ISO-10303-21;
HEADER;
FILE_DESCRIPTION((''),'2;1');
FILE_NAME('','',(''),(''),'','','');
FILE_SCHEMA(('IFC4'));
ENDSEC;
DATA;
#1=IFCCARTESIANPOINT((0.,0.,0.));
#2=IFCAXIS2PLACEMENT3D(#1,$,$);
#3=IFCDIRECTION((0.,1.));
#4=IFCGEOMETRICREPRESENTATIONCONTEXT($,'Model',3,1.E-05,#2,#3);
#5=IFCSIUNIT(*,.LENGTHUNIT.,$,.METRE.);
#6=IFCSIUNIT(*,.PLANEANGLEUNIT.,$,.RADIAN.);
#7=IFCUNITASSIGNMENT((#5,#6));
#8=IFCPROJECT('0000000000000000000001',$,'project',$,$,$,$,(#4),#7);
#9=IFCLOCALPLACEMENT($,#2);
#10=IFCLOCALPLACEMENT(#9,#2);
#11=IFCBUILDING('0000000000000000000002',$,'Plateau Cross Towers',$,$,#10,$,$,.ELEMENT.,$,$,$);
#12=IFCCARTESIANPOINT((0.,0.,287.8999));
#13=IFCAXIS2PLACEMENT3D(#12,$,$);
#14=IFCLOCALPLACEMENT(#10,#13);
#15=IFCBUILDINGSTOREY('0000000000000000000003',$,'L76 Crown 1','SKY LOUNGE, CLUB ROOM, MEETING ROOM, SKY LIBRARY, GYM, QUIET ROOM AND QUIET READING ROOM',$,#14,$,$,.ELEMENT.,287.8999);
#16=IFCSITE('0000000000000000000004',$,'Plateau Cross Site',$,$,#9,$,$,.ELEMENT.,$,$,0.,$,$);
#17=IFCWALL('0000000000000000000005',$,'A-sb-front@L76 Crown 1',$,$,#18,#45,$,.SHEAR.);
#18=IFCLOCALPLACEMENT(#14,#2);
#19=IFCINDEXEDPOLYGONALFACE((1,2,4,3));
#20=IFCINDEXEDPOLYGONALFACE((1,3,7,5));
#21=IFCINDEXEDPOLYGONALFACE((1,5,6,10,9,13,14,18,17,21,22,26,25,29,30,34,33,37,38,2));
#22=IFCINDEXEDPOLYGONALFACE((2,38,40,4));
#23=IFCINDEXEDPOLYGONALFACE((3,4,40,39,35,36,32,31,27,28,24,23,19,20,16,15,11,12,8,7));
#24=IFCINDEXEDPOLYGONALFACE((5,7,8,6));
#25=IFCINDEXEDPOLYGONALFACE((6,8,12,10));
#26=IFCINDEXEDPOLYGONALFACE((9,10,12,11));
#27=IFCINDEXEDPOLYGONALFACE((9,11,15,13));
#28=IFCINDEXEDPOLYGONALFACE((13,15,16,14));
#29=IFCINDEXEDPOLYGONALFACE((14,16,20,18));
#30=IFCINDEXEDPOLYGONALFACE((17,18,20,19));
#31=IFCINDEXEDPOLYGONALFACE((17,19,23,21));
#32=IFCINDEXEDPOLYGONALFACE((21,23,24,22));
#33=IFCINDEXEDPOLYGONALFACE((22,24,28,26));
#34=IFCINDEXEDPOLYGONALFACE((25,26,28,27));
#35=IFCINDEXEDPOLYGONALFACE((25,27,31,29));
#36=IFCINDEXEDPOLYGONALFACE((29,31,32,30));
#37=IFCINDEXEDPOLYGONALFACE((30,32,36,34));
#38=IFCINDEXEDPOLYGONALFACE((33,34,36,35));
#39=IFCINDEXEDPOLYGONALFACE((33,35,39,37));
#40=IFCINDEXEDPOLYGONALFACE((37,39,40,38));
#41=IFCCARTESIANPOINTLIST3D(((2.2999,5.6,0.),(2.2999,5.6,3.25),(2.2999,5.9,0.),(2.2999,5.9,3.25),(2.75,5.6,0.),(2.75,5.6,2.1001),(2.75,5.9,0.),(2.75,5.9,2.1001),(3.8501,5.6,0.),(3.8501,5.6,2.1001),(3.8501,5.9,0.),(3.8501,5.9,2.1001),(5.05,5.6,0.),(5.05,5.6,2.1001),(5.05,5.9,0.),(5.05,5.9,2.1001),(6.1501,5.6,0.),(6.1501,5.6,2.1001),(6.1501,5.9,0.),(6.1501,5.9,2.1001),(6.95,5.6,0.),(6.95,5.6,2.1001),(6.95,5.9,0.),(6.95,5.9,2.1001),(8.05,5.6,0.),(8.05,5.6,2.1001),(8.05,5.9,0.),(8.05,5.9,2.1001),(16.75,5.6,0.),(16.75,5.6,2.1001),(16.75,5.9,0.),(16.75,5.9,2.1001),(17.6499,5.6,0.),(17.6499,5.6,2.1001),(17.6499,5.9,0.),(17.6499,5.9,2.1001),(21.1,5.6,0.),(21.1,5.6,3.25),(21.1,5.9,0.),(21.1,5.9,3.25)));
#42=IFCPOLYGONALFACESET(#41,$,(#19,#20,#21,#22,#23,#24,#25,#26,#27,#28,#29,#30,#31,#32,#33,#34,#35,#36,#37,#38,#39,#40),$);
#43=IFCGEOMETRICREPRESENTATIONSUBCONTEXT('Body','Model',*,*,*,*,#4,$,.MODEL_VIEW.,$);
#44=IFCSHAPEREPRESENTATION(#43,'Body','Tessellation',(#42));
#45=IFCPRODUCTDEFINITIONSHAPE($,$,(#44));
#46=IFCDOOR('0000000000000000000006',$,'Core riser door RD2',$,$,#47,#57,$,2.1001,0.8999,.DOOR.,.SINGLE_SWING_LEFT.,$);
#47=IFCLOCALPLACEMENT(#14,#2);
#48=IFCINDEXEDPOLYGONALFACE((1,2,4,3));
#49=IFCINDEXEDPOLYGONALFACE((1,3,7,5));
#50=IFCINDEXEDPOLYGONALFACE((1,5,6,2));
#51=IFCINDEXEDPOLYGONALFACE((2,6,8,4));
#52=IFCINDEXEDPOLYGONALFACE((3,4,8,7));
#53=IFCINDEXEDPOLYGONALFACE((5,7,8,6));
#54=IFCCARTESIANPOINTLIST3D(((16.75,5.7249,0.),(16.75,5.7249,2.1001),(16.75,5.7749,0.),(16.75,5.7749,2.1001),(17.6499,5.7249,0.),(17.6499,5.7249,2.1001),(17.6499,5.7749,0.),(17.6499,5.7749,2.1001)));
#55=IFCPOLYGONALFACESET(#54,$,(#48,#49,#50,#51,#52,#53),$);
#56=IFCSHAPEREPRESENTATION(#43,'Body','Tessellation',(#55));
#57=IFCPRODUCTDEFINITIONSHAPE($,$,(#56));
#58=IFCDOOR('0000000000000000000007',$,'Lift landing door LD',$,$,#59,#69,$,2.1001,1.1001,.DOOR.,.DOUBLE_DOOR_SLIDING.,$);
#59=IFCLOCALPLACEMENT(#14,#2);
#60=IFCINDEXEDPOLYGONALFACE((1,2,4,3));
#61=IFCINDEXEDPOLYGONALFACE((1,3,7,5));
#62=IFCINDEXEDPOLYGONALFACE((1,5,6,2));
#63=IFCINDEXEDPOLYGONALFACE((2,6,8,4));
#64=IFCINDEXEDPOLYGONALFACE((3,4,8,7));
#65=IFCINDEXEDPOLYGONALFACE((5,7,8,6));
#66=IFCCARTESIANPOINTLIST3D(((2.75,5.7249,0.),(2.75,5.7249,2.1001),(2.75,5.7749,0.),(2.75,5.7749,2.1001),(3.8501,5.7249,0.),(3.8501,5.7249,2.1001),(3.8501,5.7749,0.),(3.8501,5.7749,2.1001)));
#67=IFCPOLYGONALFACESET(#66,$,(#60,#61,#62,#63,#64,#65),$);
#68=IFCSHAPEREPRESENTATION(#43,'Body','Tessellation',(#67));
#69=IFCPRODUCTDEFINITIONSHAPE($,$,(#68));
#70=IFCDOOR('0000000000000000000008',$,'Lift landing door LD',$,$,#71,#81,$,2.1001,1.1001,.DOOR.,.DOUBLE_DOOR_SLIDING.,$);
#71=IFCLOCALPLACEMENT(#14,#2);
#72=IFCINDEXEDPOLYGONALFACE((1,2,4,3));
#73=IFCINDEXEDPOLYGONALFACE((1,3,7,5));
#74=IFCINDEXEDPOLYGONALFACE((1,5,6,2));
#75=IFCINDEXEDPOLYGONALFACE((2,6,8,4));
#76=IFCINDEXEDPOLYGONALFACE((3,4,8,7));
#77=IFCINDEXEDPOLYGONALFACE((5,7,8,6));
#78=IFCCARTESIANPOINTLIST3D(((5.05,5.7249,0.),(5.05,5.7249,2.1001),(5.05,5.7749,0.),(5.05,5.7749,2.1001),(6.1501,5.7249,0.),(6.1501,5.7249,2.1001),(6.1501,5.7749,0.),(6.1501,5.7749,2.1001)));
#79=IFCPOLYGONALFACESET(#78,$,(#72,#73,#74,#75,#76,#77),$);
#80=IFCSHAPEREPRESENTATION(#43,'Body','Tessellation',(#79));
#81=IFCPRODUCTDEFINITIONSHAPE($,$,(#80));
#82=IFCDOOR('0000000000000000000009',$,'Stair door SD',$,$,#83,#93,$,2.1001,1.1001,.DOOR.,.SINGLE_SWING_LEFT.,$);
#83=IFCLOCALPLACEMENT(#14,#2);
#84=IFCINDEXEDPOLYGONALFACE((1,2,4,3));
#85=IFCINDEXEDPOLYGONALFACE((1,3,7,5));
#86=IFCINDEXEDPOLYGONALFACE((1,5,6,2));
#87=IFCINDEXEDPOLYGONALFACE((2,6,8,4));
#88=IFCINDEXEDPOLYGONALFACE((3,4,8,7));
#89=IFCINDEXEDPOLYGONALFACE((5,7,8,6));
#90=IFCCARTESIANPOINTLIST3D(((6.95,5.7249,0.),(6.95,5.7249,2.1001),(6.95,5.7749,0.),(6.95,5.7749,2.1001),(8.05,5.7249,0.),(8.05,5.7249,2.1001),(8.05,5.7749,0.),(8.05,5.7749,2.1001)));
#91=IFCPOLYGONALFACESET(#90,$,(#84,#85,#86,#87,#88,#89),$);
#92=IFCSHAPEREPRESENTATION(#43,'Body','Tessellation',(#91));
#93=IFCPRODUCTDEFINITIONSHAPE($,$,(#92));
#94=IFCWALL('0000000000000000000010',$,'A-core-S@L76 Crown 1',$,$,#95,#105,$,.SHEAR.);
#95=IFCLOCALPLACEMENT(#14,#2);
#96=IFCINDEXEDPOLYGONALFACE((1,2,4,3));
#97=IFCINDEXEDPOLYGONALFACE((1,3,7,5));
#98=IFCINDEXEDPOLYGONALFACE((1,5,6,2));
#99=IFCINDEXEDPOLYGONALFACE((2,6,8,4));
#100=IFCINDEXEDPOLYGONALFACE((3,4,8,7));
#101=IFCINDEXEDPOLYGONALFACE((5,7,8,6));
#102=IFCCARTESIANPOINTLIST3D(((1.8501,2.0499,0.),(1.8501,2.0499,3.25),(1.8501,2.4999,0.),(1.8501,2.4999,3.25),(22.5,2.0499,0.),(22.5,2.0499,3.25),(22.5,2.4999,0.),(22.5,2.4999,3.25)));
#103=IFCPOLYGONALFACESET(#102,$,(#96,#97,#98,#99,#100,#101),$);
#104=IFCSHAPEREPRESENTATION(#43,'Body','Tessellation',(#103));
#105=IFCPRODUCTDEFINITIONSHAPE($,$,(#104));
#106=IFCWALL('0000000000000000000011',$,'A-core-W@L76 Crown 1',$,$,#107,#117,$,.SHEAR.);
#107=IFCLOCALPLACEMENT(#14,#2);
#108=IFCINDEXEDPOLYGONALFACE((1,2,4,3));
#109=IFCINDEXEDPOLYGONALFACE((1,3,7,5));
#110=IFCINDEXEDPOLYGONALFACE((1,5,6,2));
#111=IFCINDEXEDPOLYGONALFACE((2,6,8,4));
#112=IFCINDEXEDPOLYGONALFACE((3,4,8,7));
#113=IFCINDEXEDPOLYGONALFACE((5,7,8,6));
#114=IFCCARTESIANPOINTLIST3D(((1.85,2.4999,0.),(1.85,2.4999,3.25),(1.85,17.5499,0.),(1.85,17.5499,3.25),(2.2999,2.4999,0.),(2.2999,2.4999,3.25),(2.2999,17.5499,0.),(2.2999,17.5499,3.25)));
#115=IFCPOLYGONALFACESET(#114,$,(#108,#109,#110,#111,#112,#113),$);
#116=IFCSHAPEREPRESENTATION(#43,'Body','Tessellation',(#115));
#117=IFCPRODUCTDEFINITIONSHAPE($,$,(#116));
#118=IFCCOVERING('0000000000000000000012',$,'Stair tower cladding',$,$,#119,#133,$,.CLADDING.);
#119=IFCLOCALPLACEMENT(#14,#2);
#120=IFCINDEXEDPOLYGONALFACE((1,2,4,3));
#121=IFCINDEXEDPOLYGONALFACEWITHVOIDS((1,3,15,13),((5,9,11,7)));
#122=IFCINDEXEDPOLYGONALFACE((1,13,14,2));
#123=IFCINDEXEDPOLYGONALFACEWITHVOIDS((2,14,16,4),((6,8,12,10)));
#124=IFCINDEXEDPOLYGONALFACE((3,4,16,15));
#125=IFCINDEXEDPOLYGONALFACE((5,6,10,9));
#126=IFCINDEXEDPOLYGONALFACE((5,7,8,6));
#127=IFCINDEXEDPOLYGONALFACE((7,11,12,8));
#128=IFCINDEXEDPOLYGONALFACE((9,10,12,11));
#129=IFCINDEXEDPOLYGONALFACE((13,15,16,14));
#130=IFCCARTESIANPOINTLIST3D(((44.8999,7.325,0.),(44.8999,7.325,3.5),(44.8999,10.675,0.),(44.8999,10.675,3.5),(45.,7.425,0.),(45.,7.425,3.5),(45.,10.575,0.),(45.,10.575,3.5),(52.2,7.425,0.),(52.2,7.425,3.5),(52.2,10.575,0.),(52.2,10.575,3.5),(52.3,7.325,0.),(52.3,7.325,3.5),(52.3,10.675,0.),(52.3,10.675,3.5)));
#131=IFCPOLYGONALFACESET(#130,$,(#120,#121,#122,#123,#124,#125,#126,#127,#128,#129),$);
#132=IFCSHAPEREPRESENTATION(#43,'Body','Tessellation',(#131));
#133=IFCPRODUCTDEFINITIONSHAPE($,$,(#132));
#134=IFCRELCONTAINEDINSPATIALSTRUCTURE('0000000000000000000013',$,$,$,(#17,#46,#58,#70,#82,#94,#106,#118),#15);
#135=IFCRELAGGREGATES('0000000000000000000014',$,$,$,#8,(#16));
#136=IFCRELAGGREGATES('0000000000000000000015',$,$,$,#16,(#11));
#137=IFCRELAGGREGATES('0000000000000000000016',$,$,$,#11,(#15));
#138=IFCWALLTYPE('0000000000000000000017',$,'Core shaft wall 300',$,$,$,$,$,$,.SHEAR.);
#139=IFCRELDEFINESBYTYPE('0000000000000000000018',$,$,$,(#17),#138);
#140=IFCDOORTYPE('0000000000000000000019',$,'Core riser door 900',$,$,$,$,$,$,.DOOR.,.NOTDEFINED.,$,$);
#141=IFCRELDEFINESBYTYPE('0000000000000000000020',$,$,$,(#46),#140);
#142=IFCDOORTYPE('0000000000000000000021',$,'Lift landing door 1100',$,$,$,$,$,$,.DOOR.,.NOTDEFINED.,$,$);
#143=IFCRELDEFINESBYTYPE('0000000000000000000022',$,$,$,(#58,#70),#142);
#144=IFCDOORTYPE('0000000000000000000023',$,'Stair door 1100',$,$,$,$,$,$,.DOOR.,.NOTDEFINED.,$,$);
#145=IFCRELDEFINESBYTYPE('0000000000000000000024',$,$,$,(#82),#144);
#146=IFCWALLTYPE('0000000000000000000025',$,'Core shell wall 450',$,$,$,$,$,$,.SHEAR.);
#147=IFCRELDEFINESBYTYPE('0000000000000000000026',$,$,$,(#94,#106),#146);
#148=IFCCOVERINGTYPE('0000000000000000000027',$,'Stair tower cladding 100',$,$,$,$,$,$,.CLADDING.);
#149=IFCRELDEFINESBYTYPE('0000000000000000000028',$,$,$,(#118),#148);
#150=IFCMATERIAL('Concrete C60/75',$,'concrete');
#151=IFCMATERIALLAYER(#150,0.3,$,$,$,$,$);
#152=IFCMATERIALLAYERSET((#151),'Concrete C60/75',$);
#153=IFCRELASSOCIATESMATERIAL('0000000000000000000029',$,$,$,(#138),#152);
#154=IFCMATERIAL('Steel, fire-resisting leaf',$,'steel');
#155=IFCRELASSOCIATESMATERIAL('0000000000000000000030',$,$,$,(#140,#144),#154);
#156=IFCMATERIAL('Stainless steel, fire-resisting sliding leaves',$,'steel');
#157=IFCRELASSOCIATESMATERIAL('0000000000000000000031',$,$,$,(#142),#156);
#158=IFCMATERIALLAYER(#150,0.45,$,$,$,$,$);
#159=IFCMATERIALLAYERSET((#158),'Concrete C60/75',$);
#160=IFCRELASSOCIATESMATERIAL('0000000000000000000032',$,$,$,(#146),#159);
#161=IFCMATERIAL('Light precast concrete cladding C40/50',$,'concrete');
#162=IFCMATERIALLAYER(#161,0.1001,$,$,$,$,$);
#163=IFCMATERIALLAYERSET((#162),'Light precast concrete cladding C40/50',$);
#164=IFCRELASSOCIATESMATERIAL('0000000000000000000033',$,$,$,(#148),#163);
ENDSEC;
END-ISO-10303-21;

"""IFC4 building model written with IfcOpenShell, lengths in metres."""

from ifc_helpers import new_model, si_unit, direction, frame, frame_2d, origin, place, context, subcontext, project, spatial, polyline, rectangle, outline, extrude, material, layer, layer_set, type_object, element, fill, save


model = new_model("IFC4")

# Units and contexts
model_context = context("Model", 3, precision=1e-05, world=origin(), true_north=direction((0.0, 1.0)))
body_context = subcontext(model_context, "Body", "Model", "MODEL_VIEW")
ifc_project = project(units=[si_unit("LENGTHUNIT", "METRE"), si_unit("PLANEANGLEUNIT", "RADIAN")], contexts=[model_context])

# Site, building, storey
site_placement = place(None, origin())
site = spatial("IfcSite", under=ifc_project, at=site_placement, Name="Plateau Cross Site", CompositionType="ELEMENT", RefElevation=0.0)
building_placement = place(site_placement, origin())
building = spatial("IfcBuilding", under=site, at=building_placement, Name="Plateau Cross Towers", CompositionType="ELEMENT")
storey_placement = place(building_placement, frame((0.0, 0.0, 287.8999)))
storey = spatial("IfcBuildingStorey", under=building, at=storey_placement, Name="L76 Crown 1", Description="SKY LOUNGE, CLUB ROOM, MEETING ROOM, SKY LIBRARY, GYM, QUIET ROOM AND QUIET READING ROOM", CompositionType="ELEMENT", Elevation=287.8999)

# Shared definitions
ifc_material_1 = material(Name="Concrete C60/75", Category="concrete")

# Shared definitions
ifc_layer_1 = layer(ifc_material_1, 0.3)
ifc_layer_set_1 = layer_set([ifc_layer_1], Name="Concrete C60/75")
wall_type_1 = type_object("IfcWallType", Name="Core shaft wall 300", PredefinedType="SHEAR", material=ifc_layer_set_1)

# Wall, openings, doors
wall_1_placement = place(storey_placement, frame((2.3, 5.75, 0.0), z_axis=(0.0, 0.0, 1.0), x_axis=(1.0, 0.0, 0.0)))
wall_1 = element("IfcWall", 1, at=wall_1_placement, inside=storey, type_object=wall_type_1, Name="A-sb-front@L76 Crown 1", PredefinedType="SHEAR", context=body_context, shape_type="SweptSolid", body=[
    extrude(rectangle(XDim=18.8, YDim=0.3, at=frame_2d((9.3999, 0.0))), origin(), (0.0, 0.0, 1.0), 3.25),
])
opening_1_placement = place(wall_1_placement, frame((4.6499, 0.0, 0.0)))
opening_1 = element("IfcOpeningElement", 2, at=opening_1_placement, cuts=wall_1, PredefinedType="OPENING", context=body_context, shape_type="SweptSolid", body=[
    extrude(rectangle(XDim=1.1001, YDim=2.1001, at=frame_2d((0.55, 1.05))), frame((0.0, 0.1599, 0.0), z_axis=(0.0, -1.0, 0.0), x_axis=(1.0, 0.0, 0.0)), (0.0, 0.0, 1.0), 0.3201),
])
opening_2_placement = place(wall_1_placement, frame((0.45, 0.0, 0.0)))
opening_2 = element("IfcOpeningElement", 3, at=opening_2_placement, cuts=wall_1, PredefinedType="OPENING", context=body_context, shape_type="SweptSolid", body=[
    extrude(rectangle(XDim=1.1001, YDim=2.1001, at=frame_2d((0.55, 1.05))), frame((0.0, 0.1599, 0.0), z_axis=(0.0, -1.0, 0.0), x_axis=(1.0, 0.0, 0.0)), (0.0, 0.0, 1.0), 0.3201),
])
opening_3_placement = place(wall_1_placement, frame((2.75, 0.0, 0.0)))
opening_3 = element("IfcOpeningElement", 4, at=opening_3_placement, cuts=wall_1, PredefinedType="OPENING", context=body_context, shape_type="SweptSolid", body=[
    extrude(rectangle(XDim=1.1001, YDim=2.1001, at=frame_2d((0.55, 1.05))), frame((0.0, 0.1599, 0.0), z_axis=(0.0, -1.0, 0.0), x_axis=(1.0, 0.0, 0.0)), (0.0, 0.0, 1.0), 0.3201),
])
opening_4_placement = place(wall_1_placement, frame((14.45, 0.0, 0.0)))
opening_4 = element("IfcOpeningElement", 5, at=opening_4_placement, cuts=wall_1, PredefinedType="OPENING", context=body_context, shape_type="SweptSolid", body=[
    extrude(rectangle(XDim=0.8999, YDim=2.1001, at=frame_2d((0.45, 1.05))), frame((0.0, 0.1599, 0.0), z_axis=(0.0, -1.0, 0.0), x_axis=(1.0, 0.0, 0.0)), (0.0, 0.0, 1.0), 0.3201),
])
ifc_material_2 = material(Name="Steel, fire-resisting leaf", Category="steel")
door_type_1 = type_object("IfcDoorType", Name="Core riser door 900", OperationType="NOTDEFINED", PredefinedType="DOOR", material=ifc_material_2)
door_1_placement = place(opening_4_placement, origin())
door_1 = element("IfcDoor", 6, at=door_1_placement, inside=storey, type_object=door_type_1, Name="Core riser door RD2", OperationType="SINGLE_SWING_LEFT", OverallHeight=2.1001, OverallWidth=0.8999, PredefinedType="DOOR", context=body_context, shape_type="SweptSolid", body=[
    extrude(rectangle(XDim=0.8999, YDim=2.1001, at=frame_2d((0.45, 1.05))), frame((0.0, 0.0249, 0.0), z_axis=(0.0, -1.0, 0.0), x_axis=(1.0, 0.0, 0.0)), (0.0, 0.0, 1.0), 0.05),
])
fill(opening_4, door_1)
ifc_material_3 = material(Name="Stainless steel, fire-resisting sliding leaves", Category="steel")
door_type_2 = type_object("IfcDoorType", Name="Lift landing door 1100", OperationType="NOTDEFINED", PredefinedType="DOOR", material=ifc_material_3)
door_2_placement = place(opening_2_placement, origin())
door_2 = element("IfcDoor", 7, at=door_2_placement, inside=storey, type_object=door_type_2, Name="Lift landing door LD", OperationType="DOUBLE_DOOR_SLIDING", OverallHeight=2.1001, OverallWidth=1.1001, PredefinedType="DOOR", context=body_context, shape_type="SweptSolid", body=[
    extrude(rectangle(XDim=1.1001, YDim=2.1001, at=frame_2d((0.55, 1.05))), frame((0.0, 0.0249, 0.0), z_axis=(0.0, -1.0, 0.0), x_axis=(1.0, 0.0, 0.0)), (0.0, 0.0, 1.0), 0.05),
])
fill(opening_2, door_2)
door_3_placement = place(opening_3_placement, origin())
door_3 = element("IfcDoor", 8, at=door_3_placement, inside=storey, type_object=door_type_2, Name="Lift landing door LD", OperationType="DOUBLE_DOOR_SLIDING", OverallHeight=2.1001, OverallWidth=1.1001, PredefinedType="DOOR", context=body_context, shape_type="SweptSolid", body=[
    extrude(rectangle(XDim=1.1001, YDim=2.1001, at=frame_2d((0.55, 1.05))), frame((0.0, 0.0249, 0.0), z_axis=(0.0, -1.0, 0.0), x_axis=(1.0, 0.0, 0.0)), (0.0, 0.0, 1.0), 0.05),
])
fill(opening_3, door_3)
door_type_3 = type_object("IfcDoorType", Name="Stair door 1100", OperationType="NOTDEFINED", PredefinedType="DOOR", material=ifc_material_2)
door_4_placement = place(opening_1_placement, origin())
door_4 = element("IfcDoor", 9, at=door_4_placement, inside=storey, type_object=door_type_3, Name="Stair door SD", OperationType="SINGLE_SWING_LEFT", OverallHeight=2.1001, OverallWidth=1.1001, PredefinedType="DOOR", context=body_context, shape_type="SweptSolid", body=[
    extrude(rectangle(XDim=1.1001, YDim=2.1001, at=frame_2d((0.55, 1.05))), frame((0.0, 0.0249, 0.0), z_axis=(0.0, -1.0, 0.0), x_axis=(1.0, 0.0, 0.0)), (0.0, 0.0, 1.0), 0.05),
])
fill(opening_1, door_4)

# Walls
ifc_layer_2 = layer(ifc_material_1, 0.45)
ifc_layer_set_2 = layer_set([ifc_layer_2], Name="Concrete C60/75")
wall_type_2 = type_object("IfcWallType", Name="Core shell wall 450", PredefinedType="SHEAR", material=ifc_layer_set_2)
wall_2_placement = place(storey_placement, frame((1.8501, 2.2749, 0.0), z_axis=(0.0, 0.0, 1.0), x_axis=(1.0, 0.0, 0.0)))
element("IfcWall", 10, at=wall_2_placement, inside=storey, type_object=wall_type_2, Name="A-core-S@L76 Crown 1", PredefinedType="SHEAR", context=body_context, shape_type="SweptSolid", body=[
    extrude(rectangle(XDim=20.6499, YDim=0.45, at=frame_2d((10.325, 0.0))), origin(), (0.0, 0.0, 1.0), 3.25),
])
wall_3_placement = place(storey_placement, frame((2.075, 2.5, 0.0), z_axis=(0.0, 0.0, 1.0), x_axis=(0.0, 1.0, 0.0)))
element("IfcWall", 11, at=wall_3_placement, inside=storey, type_object=wall_type_2, Name="A-core-W@L76 Crown 1", PredefinedType="SHEAR", context=body_context, shape_type="SweptSolid", body=[
    extrude(rectangle(XDim=15.05, YDim=0.45, at=frame_2d((7.5249, 0.0))), origin(), (0.0, 0.0, 1.0), 3.25),
])

# Covering
ifc_material_4 = material(Name="Light precast concrete cladding C40/50", Category="concrete")
ifc_layer_3 = layer(ifc_material_4, 0.1001)
ifc_layer_set_3 = layer_set([ifc_layer_3], Name="Light precast concrete cladding C40/50")
covering_type = type_object("IfcCoveringType", Name="Stair tower cladding 100", PredefinedType="CLADDING", material=ifc_layer_set_3)
covering_placement = place(storey_placement, origin())
element("IfcCovering", 12, at=covering_placement, inside=storey, type_object=covering_type, Name="Stair tower cladding", PredefinedType="CLADDING", context=body_context, shape_type="SweptSolid", body=[
    extrude(outline(polyline([(44.8999, 10.675), (52.3, 10.675), (52.3, 7.325), (44.8999, 7.325), (44.8999, 10.675)]), holes=[polyline([(52.2, 7.425), (52.2, 10.575), (45.0, 10.575), (45.0, 7.425), (52.2, 7.425)])]), origin(), (0.0, 0.0, 1.0), 3.5),
])

save(model, "model.ifc")
